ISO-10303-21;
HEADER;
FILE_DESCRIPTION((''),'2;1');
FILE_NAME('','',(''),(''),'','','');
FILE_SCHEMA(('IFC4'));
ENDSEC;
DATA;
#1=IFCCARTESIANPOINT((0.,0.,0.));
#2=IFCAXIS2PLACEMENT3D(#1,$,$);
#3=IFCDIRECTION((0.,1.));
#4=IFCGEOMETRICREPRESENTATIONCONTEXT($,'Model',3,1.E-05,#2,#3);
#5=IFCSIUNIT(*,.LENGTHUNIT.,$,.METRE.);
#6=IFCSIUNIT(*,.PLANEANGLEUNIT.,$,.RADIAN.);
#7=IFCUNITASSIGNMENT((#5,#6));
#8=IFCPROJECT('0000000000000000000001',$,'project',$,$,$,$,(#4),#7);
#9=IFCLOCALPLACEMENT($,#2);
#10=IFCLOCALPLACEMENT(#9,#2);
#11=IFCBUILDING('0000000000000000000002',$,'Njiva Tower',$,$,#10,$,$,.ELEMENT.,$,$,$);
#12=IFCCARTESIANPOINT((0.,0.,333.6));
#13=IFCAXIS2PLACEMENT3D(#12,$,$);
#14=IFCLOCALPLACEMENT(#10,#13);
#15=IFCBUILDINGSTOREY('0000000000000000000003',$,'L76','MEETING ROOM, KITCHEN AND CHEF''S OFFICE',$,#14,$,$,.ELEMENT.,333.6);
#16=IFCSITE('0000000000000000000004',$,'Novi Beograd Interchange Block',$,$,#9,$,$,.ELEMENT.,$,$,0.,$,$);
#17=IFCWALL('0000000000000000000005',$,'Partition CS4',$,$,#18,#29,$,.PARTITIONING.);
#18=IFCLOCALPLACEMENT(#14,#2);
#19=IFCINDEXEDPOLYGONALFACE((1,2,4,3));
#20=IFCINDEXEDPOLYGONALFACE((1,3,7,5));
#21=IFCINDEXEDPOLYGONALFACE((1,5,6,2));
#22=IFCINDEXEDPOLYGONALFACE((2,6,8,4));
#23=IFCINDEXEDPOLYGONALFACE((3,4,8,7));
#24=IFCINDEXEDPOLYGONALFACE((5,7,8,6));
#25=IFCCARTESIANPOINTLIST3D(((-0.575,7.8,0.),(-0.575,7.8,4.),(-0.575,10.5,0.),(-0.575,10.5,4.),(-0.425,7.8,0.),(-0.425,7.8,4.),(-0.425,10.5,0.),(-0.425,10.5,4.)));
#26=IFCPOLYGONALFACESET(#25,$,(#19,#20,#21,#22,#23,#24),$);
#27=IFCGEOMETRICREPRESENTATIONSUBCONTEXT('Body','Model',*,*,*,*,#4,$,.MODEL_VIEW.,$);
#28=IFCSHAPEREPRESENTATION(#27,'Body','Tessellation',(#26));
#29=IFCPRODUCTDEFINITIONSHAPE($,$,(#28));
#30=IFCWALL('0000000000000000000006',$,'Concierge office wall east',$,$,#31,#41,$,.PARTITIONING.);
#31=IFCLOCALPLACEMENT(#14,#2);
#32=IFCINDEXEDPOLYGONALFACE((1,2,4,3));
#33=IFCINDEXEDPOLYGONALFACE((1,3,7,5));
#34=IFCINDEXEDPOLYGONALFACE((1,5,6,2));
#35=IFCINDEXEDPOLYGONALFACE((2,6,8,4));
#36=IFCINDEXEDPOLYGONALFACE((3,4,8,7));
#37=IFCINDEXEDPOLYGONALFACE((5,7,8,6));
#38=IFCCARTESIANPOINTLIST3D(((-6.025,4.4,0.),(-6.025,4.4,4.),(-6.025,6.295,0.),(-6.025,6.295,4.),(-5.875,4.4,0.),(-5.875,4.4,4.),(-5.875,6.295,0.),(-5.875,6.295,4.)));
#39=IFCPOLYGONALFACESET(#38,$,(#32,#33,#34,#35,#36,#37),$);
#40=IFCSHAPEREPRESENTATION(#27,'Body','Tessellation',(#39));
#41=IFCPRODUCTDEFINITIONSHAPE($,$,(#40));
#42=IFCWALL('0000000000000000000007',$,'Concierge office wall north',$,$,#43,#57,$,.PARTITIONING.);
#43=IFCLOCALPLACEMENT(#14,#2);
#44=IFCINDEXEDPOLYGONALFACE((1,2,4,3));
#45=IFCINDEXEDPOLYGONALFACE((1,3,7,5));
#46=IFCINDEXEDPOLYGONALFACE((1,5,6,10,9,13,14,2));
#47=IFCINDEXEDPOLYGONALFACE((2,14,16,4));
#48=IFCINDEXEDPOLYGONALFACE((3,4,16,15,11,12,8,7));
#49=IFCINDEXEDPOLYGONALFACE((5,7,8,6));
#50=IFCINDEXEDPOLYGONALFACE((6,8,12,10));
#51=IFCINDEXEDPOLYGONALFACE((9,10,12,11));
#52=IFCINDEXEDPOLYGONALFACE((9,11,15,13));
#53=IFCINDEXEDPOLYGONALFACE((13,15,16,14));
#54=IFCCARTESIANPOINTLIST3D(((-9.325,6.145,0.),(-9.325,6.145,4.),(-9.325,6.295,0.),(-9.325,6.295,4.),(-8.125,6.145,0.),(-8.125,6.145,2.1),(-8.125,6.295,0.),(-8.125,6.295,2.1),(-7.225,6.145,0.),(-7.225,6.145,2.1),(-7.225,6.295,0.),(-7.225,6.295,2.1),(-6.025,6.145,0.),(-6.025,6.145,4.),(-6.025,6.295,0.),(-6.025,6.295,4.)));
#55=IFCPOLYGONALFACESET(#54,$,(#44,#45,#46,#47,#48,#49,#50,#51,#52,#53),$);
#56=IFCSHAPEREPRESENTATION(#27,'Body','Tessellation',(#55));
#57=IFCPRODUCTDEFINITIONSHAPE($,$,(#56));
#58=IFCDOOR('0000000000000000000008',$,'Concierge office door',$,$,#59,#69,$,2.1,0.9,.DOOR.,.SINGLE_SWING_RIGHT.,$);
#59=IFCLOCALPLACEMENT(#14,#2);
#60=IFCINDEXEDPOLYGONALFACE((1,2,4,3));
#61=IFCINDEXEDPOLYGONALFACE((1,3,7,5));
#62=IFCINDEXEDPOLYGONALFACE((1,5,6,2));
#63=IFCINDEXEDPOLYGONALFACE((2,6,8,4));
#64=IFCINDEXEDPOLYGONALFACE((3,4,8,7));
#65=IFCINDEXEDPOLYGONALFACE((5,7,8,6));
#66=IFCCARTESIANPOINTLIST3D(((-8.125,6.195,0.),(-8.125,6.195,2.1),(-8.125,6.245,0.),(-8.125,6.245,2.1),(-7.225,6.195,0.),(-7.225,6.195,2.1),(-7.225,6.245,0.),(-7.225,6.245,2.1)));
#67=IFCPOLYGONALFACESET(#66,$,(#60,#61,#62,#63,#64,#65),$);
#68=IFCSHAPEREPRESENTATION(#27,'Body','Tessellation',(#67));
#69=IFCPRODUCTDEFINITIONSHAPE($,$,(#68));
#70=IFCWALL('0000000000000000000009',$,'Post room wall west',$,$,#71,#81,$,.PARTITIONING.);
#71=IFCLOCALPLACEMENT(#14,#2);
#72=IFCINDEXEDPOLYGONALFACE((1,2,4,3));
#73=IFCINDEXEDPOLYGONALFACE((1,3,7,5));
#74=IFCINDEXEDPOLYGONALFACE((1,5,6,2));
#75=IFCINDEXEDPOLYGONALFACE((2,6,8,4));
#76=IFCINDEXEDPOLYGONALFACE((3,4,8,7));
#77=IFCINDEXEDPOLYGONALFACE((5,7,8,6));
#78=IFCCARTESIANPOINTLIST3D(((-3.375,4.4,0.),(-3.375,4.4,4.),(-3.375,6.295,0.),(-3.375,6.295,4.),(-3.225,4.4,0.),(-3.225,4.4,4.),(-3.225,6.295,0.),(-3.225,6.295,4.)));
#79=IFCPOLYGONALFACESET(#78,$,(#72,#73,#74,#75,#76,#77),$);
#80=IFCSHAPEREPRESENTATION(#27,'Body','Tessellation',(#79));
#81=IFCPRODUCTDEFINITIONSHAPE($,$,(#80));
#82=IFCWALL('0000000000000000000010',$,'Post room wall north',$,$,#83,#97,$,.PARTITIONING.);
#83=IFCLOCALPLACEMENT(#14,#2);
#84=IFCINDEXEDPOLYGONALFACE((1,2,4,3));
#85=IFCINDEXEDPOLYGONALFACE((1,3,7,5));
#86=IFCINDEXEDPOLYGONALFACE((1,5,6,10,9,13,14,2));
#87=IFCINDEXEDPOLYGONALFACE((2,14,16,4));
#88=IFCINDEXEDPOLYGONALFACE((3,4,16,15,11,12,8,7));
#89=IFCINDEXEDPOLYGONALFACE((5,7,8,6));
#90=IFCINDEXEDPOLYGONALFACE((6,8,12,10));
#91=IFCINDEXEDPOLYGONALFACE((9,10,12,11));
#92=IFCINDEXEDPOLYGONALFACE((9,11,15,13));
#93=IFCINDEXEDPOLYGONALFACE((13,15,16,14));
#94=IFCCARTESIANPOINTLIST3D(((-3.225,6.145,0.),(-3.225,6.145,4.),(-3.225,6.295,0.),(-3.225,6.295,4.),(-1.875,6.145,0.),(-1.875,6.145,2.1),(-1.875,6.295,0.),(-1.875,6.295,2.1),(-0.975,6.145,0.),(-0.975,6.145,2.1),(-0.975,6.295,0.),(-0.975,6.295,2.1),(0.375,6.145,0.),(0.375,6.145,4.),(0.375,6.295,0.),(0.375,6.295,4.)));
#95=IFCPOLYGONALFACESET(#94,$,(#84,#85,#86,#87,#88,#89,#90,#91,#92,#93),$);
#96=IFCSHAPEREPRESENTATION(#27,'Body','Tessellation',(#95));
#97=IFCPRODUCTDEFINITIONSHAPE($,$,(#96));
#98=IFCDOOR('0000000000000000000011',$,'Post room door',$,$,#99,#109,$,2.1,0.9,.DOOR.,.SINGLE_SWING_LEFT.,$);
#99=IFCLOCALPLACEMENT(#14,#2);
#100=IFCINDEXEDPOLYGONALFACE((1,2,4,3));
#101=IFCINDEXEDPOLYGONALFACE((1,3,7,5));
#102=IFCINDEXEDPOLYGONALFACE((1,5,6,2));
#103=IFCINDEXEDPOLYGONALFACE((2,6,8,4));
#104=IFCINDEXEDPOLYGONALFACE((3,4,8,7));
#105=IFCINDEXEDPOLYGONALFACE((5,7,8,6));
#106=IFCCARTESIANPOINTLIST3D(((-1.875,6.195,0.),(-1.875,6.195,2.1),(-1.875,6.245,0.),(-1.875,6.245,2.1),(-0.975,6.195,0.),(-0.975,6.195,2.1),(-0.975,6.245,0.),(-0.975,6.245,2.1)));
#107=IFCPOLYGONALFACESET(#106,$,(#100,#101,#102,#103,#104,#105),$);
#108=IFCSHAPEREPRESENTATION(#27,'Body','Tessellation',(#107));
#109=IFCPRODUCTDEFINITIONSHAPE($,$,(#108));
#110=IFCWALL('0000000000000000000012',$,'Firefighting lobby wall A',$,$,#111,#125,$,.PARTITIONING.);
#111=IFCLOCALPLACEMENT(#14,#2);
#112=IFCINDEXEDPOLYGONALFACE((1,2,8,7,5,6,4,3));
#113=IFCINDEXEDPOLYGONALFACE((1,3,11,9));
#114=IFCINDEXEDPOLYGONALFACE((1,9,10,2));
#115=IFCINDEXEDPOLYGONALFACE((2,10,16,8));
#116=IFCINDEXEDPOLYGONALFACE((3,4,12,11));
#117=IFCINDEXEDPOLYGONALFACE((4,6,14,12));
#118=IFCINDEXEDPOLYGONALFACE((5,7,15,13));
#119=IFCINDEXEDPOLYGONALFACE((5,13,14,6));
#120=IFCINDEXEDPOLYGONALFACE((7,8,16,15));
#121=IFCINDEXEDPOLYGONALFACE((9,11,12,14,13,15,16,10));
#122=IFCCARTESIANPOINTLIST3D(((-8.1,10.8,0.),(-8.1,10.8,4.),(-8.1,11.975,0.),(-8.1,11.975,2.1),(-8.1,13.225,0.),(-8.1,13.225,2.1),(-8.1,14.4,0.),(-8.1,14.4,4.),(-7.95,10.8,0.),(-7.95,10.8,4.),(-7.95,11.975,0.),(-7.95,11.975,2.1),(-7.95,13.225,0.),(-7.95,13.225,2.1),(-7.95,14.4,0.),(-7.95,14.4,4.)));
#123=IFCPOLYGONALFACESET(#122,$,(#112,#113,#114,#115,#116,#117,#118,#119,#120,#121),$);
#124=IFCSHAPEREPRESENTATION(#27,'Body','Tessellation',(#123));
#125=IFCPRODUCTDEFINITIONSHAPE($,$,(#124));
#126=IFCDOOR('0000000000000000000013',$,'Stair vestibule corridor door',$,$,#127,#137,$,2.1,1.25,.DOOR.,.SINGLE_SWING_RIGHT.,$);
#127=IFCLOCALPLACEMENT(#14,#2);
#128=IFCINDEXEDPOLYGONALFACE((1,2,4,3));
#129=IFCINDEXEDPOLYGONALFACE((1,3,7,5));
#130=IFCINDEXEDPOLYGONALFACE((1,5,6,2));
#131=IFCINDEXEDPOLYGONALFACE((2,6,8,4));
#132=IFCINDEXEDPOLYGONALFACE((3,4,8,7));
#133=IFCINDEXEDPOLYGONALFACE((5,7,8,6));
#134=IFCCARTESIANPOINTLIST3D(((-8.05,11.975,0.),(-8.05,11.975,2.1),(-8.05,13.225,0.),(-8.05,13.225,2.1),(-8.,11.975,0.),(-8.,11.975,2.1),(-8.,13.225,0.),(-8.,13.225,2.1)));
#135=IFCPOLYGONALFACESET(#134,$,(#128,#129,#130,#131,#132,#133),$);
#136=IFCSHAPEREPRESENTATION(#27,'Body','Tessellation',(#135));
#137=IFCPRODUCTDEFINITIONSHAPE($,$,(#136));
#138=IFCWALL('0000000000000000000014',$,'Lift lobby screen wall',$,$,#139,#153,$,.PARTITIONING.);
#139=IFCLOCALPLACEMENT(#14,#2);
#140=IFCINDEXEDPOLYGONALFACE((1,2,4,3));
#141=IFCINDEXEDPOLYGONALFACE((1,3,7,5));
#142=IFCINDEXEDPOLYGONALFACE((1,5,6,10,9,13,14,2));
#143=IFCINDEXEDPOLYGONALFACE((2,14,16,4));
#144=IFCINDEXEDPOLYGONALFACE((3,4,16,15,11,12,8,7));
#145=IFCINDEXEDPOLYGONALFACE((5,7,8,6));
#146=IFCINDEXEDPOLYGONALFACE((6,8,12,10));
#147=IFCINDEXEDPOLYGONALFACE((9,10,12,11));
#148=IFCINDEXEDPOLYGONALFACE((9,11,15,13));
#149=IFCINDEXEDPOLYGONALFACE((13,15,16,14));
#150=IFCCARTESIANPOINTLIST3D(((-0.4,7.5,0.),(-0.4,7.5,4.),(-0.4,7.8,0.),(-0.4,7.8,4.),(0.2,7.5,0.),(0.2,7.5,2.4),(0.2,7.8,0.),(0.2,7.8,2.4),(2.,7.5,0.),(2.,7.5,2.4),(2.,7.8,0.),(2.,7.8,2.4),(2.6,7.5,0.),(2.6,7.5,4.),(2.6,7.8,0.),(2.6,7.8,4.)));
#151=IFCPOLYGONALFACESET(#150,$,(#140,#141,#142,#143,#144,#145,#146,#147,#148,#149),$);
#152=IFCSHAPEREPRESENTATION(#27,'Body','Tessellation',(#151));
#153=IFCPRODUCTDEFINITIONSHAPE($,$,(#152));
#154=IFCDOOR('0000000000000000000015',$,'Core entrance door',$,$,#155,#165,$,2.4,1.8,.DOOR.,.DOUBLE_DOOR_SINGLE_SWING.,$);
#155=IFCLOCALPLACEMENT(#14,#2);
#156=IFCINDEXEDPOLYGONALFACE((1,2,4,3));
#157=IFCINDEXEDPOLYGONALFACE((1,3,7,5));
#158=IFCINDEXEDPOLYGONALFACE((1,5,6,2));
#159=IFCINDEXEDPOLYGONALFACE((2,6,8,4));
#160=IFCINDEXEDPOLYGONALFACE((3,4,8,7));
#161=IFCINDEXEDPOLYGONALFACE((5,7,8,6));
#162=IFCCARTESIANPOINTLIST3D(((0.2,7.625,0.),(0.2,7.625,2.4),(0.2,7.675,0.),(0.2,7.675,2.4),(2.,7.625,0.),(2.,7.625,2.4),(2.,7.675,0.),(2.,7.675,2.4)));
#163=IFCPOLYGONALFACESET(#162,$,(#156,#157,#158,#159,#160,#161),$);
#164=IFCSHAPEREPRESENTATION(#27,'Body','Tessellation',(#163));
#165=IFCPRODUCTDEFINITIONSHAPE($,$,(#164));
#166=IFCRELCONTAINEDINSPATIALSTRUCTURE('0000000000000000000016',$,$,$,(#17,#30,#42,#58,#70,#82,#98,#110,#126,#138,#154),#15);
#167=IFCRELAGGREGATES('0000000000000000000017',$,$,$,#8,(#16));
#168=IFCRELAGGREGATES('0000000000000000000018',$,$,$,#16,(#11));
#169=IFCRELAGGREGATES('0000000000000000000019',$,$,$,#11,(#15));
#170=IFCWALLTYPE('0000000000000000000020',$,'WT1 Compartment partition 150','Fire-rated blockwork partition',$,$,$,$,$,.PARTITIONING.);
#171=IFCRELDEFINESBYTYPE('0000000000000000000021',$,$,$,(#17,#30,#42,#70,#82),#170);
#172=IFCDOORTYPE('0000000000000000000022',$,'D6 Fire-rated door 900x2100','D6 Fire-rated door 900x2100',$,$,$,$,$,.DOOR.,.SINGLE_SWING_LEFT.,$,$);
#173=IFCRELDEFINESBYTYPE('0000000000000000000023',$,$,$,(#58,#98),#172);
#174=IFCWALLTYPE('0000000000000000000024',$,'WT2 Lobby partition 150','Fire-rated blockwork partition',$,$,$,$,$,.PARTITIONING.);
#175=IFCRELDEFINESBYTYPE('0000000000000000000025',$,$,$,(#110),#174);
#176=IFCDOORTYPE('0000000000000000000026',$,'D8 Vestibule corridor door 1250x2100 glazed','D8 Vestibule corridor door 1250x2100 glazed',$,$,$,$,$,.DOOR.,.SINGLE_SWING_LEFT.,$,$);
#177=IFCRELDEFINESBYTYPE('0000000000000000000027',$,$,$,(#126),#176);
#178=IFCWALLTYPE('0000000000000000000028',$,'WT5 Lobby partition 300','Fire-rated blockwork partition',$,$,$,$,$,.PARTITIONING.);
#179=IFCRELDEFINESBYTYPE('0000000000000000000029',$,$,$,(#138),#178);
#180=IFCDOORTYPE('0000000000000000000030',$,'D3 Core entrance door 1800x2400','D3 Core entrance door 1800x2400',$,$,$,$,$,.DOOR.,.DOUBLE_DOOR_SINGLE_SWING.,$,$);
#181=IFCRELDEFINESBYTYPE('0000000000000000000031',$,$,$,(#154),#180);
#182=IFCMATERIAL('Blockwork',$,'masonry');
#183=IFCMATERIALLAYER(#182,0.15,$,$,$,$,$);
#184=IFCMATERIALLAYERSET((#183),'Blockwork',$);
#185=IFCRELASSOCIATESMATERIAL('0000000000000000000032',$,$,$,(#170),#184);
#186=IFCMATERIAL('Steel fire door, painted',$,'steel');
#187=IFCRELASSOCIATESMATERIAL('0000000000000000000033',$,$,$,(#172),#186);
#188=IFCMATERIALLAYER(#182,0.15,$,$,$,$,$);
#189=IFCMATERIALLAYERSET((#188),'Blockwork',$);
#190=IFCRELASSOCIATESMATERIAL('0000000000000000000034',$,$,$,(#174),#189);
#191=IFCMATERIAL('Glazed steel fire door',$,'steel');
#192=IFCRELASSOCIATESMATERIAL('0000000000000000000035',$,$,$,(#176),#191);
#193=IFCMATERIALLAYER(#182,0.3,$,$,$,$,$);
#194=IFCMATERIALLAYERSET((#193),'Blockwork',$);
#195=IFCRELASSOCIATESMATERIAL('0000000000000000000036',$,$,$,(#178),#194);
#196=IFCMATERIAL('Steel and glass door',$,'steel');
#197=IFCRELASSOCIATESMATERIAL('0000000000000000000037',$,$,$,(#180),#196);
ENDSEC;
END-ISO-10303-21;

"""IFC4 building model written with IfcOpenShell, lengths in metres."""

from ifc_helpers import new_model, si_unit, direction, frame, frame_2d, origin, place, context, subcontext, project, spatial, rectangle, extrude, material, layer, layer_set, type_object, element, fill, save


model = new_model("IFC4")

# Units and contexts
model_context = context("Model", 3, precision=1e-05, world=origin(), true_north=direction((0.0, 1.0)))
body_context = subcontext(model_context, "Body", "Model", "MODEL_VIEW")
ifc_project = project(units=[si_unit("LENGTHUNIT", "METRE"), si_unit("PLANEANGLEUNIT", "RADIAN")], contexts=[model_context])

# Site, building, storey
site_placement = place(None, origin())
site = spatial("IfcSite", under=ifc_project, at=site_placement, Name="Novi Beograd Interchange Block", CompositionType="ELEMENT", RefElevation=0.0)
building_placement = place(site_placement, origin())
building = spatial("IfcBuilding", under=site, at=building_placement, Name="Njiva Tower", CompositionType="ELEMENT")
storey_placement = place(building_placement, frame((0.0, 0.0, 333.6)))
storey = spatial("IfcBuildingStorey", under=building, at=storey_placement, Name="L76", Description="MEETING ROOM, KITCHEN AND CHEF'S OFFICE", CompositionType="ELEMENT", Elevation=333.6)

# Walls
ifc_material_1 = material(Name="Blockwork", Category="masonry")
ifc_layer_1 = layer(ifc_material_1, 0.15)
ifc_layer_set_1 = layer_set([ifc_layer_1], Name="Blockwork")
wall_type_1 = type_object("IfcWallType", Name="WT1 Compartment partition 150", Description="Fire-rated blockwork partition", PredefinedType="PARTITIONING", material=ifc_layer_set_1)
wall_1_placement = place(storey_placement, frame((-0.5, 7.8, 0.0), z_axis=(0.0, 0.0, 1.0), x_axis=(0.0, 1.0, 0.0)))
element("IfcWall", 1, at=wall_1_placement, inside=storey, type_object=wall_type_1, Name="Partition CS4", PredefinedType="PARTITIONING", context=body_context, shape_type="SweptSolid", body=[
    extrude(rectangle(XDim=2.7, YDim=0.15, at=frame_2d((1.35, 0.0))), origin(), (0.0, 0.0, 1.0), 4.0),
])
wall_2_placement = place(storey_placement, frame((-5.95, 4.4, 0.0), z_axis=(0.0, 0.0, 1.0), x_axis=(0.0, 1.0, 0.0)))
element("IfcWall", 2, at=wall_2_placement, inside=storey, type_object=wall_type_1, Name="Concierge office wall east", PredefinedType="PARTITIONING", context=body_context, shape_type="SweptSolid", body=[
    extrude(rectangle(XDim=1.895, YDim=0.15, at=frame_2d((0.9475, 0.0))), origin(), (0.0, 0.0, 1.0), 4.0),
])

# Wall, opening, door
wall_3_placement = place(storey_placement, frame((-9.325, 6.22, 0.0), z_axis=(0.0, 0.0, 1.0), x_axis=(1.0, 0.0, 0.0)))
wall_3 = element("IfcWall", 3, at=wall_3_placement, inside=storey, type_object=wall_type_1, Name="Concierge office wall north", PredefinedType="PARTITIONING", context=body_context, shape_type="SweptSolid", body=[
    extrude(rectangle(XDim=3.3, YDim=0.15, at=frame_2d((1.65, 0.0))), origin(), (0.0, 0.0, 1.0), 4.0),
])
opening_1_placement = place(wall_3_placement, frame((1.2, 0.0, 0.0)))
opening_1 = element("IfcOpeningElement", 4, at=opening_1_placement, cuts=wall_3, PredefinedType="OPENING", context=body_context, shape_type="SweptSolid", body=[
    extrude(rectangle(XDim=0.9, YDim=2.1, at=frame_2d((0.45, 1.05))), frame((0.0, 0.085, 0.0), z_axis=(0.0, -1.0, 0.0), x_axis=(1.0, 0.0, 0.0)), (0.0, 0.0, 1.0), 0.17),
])
ifc_material_2 = material(Name="Steel fire door, painted", Category="steel")
door_type_1 = type_object("IfcDoorType", Name="D6 Fire-rated door 900x2100", Description="D6 Fire-rated door 900x2100", OperationType="SINGLE_SWING_LEFT", PredefinedType="DOOR", material=ifc_material_2)
door_1_placement = place(opening_1_placement, origin())
door_1 = element("IfcDoor", 5, at=door_1_placement, inside=storey, type_object=door_type_1, Name="Concierge office door", OperationType="SINGLE_SWING_RIGHT", OverallHeight=2.1, OverallWidth=0.9, PredefinedType="DOOR", context=body_context, shape_type="SweptSolid", body=[
    extrude(rectangle(XDim=0.9, YDim=2.1, at=frame_2d((0.45, 1.05))), frame((0.0, 0.025, 0.0), z_axis=(0.0, -1.0, 0.0), x_axis=(1.0, 0.0, 0.0)), (0.0, 0.0, 1.0), 0.05),
])
fill(opening_1, door_1)

# Wall
wall_4_placement = place(storey_placement, frame((-3.3, 4.4, 0.0), z_axis=(0.0, 0.0, 1.0), x_axis=(0.0, 1.0, 0.0)))
element("IfcWall", 6, at=wall_4_placement, inside=storey, type_object=wall_type_1, Name="Post room wall west", PredefinedType="PARTITIONING", context=body_context, shape_type="SweptSolid", body=[
    extrude(rectangle(XDim=1.895, YDim=0.15, at=frame_2d((0.9475, 0.0))), origin(), (0.0, 0.0, 1.0), 4.0),
])

# Walls, openings, doors
wall_5_placement = place(storey_placement, frame((-3.225, 6.22, 0.0), z_axis=(0.0, 0.0, 1.0), x_axis=(1.0, 0.0, 0.0)))
wall_5 = element("IfcWall", 7, at=wall_5_placement, inside=storey, type_object=wall_type_1, Name="Post room wall north", PredefinedType="PARTITIONING", context=body_context, shape_type="SweptSolid", body=[
    extrude(rectangle(XDim=3.6, YDim=0.15, at=frame_2d((1.8, 0.0))), origin(), (0.0, 0.0, 1.0), 4.0),
])
opening_2_placement = place(wall_5_placement, frame((1.35, 0.0, 0.0)))
opening_2 = element("IfcOpeningElement", 8, at=opening_2_placement, cuts=wall_5, PredefinedType="OPENING", context=body_context, shape_type="SweptSolid", body=[
    extrude(rectangle(XDim=0.9, YDim=2.1, at=frame_2d((0.45, 1.05))), frame((0.0, 0.085, 0.0), z_axis=(0.0, -1.0, 0.0), x_axis=(1.0, 0.0, 0.0)), (0.0, 0.0, 1.0), 0.17),
])
door_2_placement = place(opening_2_placement, origin())
door_2 = element("IfcDoor", 9, at=door_2_placement, inside=storey, type_object=door_type_1, Name="Post room door", OperationType="SINGLE_SWING_LEFT", OverallHeight=2.1, OverallWidth=0.9, PredefinedType="DOOR", context=body_context, shape_type="SweptSolid", body=[
    extrude(rectangle(XDim=0.9, YDim=2.1, at=frame_2d((0.45, 1.05))), frame((0.0, 0.025, 0.0), z_axis=(0.0, -1.0, 0.0), x_axis=(1.0, 0.0, 0.0)), (0.0, 0.0, 1.0), 0.05),
])
fill(opening_2, door_2)
ifc_layer_2 = layer(ifc_material_1, 0.15)
ifc_layer_set_2 = layer_set([ifc_layer_2], Name="Blockwork")
wall_type_2 = type_object("IfcWallType", Name="WT2 Lobby partition 150", Description="Fire-rated blockwork partition", PredefinedType="PARTITIONING", material=ifc_layer_set_2)
wall_6_placement = place(storey_placement, frame((-8.025, 10.8, 0.0), z_axis=(0.0, 0.0, 1.0), x_axis=(0.0, 1.0, 0.0)))
wall_6 = element("IfcWall", 10, at=wall_6_placement, inside=storey, type_object=wall_type_2, Name="Firefighting lobby wall A", PredefinedType="PARTITIONING", context=body_context, shape_type="SweptSolid", body=[
    extrude(rectangle(XDim=3.6, YDim=0.15, at=frame_2d((1.8, 0.0))), origin(), (0.0, 0.0, 1.0), 4.0),
])
opening_3_placement = place(wall_6_placement, frame((1.175, 0.0, 0.0)))
opening_3 = element("IfcOpeningElement", 11, at=opening_3_placement, cuts=wall_6, PredefinedType="OPENING", context=body_context, shape_type="SweptSolid", body=[
    extrude(rectangle(XDim=1.25, YDim=2.1, at=frame_2d((0.625, 1.05))), frame((0.0, 0.085, 0.0), z_axis=(0.0, -1.0, 0.0), x_axis=(1.0, 0.0, 0.0)), (0.0, 0.0, 1.0), 0.17),
])
ifc_material_3 = material(Name="Glazed steel fire door", Category="steel")
door_type_2 = type_object("IfcDoorType", Name="D8 Vestibule corridor door 1250x2100 glazed", Description="D8 Vestibule corridor door 1250x2100 glazed", OperationType="SINGLE_SWING_LEFT", PredefinedType="DOOR", material=ifc_material_3)
door_3_placement = place(opening_3_placement, origin())
door_3 = element("IfcDoor", 12, at=door_3_placement, inside=storey, type_object=door_type_2, Name="Stair vestibule corridor door", OperationType="SINGLE_SWING_RIGHT", OverallHeight=2.1, OverallWidth=1.25, PredefinedType="DOOR", context=body_context, shape_type="SweptSolid", body=[
    extrude(rectangle(XDim=1.25, YDim=2.1, at=frame_2d((0.625, 1.05))), frame((0.0, 0.025, 0.0), z_axis=(0.0, -1.0, 0.0), x_axis=(1.0, 0.0, 0.0)), (0.0, 0.0, 1.0), 0.05),
])
fill(opening_3, door_3)
ifc_layer_3 = layer(ifc_material_1, 0.3)
ifc_layer_set_3 = layer_set([ifc_layer_3], Name="Blockwork")
wall_type_3 = type_object("IfcWallType", Name="WT5 Lobby partition 300", Description="Fire-rated blockwork partition", PredefinedType="PARTITIONING", material=ifc_layer_set_3)
wall_7_placement = place(storey_placement, frame((-0.4, 7.65, 0.0), z_axis=(0.0, 0.0, 1.0), x_axis=(1.0, 0.0, 0.0)))
wall_7 = element("IfcWall", 13, at=wall_7_placement, inside=storey, type_object=wall_type_3, Name="Lift lobby screen wall", PredefinedType="PARTITIONING", context=body_context, shape_type="SweptSolid", body=[
    extrude(rectangle(XDim=3.0, YDim=0.3, at=frame_2d((1.5, 0.0))), origin(), (0.0, 0.0, 1.0), 4.0),
])
opening_4_placement = place(wall_7_placement, frame((0.6, 0.0, 0.0)))
opening_4 = element("IfcOpeningElement", 14, at=opening_4_placement, cuts=wall_7, PredefinedType="OPENING", context=body_context, shape_type="SweptSolid", body=[
    extrude(rectangle(XDim=1.8, YDim=2.4, at=frame_2d((0.9, 1.2))), frame((0.0, 0.16, 0.0), z_axis=(0.0, -1.0, 0.0), x_axis=(1.0, 0.0, 0.0)), (0.0, 0.0, 1.0), 0.32),
])
ifc_material_4 = material(Name="Steel and glass door", Category="steel")
door_type_3 = type_object("IfcDoorType", Name="D3 Core entrance door 1800x2400", Description="D3 Core entrance door 1800x2400", OperationType="DOUBLE_DOOR_SINGLE_SWING", PredefinedType="DOOR", material=ifc_material_4)
door_4_placement = place(opening_4_placement, origin())
door_4 = element("IfcDoor", 15, at=door_4_placement, inside=storey, type_object=door_type_3, Name="Core entrance door", OperationType="DOUBLE_DOOR_SINGLE_SWING", OverallHeight=2.4, OverallWidth=1.8, PredefinedType="DOOR", context=body_context, shape_type="SweptSolid", body=[
    extrude(rectangle(XDim=1.8, YDim=2.4, at=frame_2d((0.9, 1.2))), frame((0.0, 0.025, 0.0), z_axis=(0.0, -1.0, 0.0), x_axis=(1.0, 0.0, 0.0)), (0.0, 0.0, 1.0), 0.05),
])
fill(opening_4, door_4)

save(model, "model.ifc")
